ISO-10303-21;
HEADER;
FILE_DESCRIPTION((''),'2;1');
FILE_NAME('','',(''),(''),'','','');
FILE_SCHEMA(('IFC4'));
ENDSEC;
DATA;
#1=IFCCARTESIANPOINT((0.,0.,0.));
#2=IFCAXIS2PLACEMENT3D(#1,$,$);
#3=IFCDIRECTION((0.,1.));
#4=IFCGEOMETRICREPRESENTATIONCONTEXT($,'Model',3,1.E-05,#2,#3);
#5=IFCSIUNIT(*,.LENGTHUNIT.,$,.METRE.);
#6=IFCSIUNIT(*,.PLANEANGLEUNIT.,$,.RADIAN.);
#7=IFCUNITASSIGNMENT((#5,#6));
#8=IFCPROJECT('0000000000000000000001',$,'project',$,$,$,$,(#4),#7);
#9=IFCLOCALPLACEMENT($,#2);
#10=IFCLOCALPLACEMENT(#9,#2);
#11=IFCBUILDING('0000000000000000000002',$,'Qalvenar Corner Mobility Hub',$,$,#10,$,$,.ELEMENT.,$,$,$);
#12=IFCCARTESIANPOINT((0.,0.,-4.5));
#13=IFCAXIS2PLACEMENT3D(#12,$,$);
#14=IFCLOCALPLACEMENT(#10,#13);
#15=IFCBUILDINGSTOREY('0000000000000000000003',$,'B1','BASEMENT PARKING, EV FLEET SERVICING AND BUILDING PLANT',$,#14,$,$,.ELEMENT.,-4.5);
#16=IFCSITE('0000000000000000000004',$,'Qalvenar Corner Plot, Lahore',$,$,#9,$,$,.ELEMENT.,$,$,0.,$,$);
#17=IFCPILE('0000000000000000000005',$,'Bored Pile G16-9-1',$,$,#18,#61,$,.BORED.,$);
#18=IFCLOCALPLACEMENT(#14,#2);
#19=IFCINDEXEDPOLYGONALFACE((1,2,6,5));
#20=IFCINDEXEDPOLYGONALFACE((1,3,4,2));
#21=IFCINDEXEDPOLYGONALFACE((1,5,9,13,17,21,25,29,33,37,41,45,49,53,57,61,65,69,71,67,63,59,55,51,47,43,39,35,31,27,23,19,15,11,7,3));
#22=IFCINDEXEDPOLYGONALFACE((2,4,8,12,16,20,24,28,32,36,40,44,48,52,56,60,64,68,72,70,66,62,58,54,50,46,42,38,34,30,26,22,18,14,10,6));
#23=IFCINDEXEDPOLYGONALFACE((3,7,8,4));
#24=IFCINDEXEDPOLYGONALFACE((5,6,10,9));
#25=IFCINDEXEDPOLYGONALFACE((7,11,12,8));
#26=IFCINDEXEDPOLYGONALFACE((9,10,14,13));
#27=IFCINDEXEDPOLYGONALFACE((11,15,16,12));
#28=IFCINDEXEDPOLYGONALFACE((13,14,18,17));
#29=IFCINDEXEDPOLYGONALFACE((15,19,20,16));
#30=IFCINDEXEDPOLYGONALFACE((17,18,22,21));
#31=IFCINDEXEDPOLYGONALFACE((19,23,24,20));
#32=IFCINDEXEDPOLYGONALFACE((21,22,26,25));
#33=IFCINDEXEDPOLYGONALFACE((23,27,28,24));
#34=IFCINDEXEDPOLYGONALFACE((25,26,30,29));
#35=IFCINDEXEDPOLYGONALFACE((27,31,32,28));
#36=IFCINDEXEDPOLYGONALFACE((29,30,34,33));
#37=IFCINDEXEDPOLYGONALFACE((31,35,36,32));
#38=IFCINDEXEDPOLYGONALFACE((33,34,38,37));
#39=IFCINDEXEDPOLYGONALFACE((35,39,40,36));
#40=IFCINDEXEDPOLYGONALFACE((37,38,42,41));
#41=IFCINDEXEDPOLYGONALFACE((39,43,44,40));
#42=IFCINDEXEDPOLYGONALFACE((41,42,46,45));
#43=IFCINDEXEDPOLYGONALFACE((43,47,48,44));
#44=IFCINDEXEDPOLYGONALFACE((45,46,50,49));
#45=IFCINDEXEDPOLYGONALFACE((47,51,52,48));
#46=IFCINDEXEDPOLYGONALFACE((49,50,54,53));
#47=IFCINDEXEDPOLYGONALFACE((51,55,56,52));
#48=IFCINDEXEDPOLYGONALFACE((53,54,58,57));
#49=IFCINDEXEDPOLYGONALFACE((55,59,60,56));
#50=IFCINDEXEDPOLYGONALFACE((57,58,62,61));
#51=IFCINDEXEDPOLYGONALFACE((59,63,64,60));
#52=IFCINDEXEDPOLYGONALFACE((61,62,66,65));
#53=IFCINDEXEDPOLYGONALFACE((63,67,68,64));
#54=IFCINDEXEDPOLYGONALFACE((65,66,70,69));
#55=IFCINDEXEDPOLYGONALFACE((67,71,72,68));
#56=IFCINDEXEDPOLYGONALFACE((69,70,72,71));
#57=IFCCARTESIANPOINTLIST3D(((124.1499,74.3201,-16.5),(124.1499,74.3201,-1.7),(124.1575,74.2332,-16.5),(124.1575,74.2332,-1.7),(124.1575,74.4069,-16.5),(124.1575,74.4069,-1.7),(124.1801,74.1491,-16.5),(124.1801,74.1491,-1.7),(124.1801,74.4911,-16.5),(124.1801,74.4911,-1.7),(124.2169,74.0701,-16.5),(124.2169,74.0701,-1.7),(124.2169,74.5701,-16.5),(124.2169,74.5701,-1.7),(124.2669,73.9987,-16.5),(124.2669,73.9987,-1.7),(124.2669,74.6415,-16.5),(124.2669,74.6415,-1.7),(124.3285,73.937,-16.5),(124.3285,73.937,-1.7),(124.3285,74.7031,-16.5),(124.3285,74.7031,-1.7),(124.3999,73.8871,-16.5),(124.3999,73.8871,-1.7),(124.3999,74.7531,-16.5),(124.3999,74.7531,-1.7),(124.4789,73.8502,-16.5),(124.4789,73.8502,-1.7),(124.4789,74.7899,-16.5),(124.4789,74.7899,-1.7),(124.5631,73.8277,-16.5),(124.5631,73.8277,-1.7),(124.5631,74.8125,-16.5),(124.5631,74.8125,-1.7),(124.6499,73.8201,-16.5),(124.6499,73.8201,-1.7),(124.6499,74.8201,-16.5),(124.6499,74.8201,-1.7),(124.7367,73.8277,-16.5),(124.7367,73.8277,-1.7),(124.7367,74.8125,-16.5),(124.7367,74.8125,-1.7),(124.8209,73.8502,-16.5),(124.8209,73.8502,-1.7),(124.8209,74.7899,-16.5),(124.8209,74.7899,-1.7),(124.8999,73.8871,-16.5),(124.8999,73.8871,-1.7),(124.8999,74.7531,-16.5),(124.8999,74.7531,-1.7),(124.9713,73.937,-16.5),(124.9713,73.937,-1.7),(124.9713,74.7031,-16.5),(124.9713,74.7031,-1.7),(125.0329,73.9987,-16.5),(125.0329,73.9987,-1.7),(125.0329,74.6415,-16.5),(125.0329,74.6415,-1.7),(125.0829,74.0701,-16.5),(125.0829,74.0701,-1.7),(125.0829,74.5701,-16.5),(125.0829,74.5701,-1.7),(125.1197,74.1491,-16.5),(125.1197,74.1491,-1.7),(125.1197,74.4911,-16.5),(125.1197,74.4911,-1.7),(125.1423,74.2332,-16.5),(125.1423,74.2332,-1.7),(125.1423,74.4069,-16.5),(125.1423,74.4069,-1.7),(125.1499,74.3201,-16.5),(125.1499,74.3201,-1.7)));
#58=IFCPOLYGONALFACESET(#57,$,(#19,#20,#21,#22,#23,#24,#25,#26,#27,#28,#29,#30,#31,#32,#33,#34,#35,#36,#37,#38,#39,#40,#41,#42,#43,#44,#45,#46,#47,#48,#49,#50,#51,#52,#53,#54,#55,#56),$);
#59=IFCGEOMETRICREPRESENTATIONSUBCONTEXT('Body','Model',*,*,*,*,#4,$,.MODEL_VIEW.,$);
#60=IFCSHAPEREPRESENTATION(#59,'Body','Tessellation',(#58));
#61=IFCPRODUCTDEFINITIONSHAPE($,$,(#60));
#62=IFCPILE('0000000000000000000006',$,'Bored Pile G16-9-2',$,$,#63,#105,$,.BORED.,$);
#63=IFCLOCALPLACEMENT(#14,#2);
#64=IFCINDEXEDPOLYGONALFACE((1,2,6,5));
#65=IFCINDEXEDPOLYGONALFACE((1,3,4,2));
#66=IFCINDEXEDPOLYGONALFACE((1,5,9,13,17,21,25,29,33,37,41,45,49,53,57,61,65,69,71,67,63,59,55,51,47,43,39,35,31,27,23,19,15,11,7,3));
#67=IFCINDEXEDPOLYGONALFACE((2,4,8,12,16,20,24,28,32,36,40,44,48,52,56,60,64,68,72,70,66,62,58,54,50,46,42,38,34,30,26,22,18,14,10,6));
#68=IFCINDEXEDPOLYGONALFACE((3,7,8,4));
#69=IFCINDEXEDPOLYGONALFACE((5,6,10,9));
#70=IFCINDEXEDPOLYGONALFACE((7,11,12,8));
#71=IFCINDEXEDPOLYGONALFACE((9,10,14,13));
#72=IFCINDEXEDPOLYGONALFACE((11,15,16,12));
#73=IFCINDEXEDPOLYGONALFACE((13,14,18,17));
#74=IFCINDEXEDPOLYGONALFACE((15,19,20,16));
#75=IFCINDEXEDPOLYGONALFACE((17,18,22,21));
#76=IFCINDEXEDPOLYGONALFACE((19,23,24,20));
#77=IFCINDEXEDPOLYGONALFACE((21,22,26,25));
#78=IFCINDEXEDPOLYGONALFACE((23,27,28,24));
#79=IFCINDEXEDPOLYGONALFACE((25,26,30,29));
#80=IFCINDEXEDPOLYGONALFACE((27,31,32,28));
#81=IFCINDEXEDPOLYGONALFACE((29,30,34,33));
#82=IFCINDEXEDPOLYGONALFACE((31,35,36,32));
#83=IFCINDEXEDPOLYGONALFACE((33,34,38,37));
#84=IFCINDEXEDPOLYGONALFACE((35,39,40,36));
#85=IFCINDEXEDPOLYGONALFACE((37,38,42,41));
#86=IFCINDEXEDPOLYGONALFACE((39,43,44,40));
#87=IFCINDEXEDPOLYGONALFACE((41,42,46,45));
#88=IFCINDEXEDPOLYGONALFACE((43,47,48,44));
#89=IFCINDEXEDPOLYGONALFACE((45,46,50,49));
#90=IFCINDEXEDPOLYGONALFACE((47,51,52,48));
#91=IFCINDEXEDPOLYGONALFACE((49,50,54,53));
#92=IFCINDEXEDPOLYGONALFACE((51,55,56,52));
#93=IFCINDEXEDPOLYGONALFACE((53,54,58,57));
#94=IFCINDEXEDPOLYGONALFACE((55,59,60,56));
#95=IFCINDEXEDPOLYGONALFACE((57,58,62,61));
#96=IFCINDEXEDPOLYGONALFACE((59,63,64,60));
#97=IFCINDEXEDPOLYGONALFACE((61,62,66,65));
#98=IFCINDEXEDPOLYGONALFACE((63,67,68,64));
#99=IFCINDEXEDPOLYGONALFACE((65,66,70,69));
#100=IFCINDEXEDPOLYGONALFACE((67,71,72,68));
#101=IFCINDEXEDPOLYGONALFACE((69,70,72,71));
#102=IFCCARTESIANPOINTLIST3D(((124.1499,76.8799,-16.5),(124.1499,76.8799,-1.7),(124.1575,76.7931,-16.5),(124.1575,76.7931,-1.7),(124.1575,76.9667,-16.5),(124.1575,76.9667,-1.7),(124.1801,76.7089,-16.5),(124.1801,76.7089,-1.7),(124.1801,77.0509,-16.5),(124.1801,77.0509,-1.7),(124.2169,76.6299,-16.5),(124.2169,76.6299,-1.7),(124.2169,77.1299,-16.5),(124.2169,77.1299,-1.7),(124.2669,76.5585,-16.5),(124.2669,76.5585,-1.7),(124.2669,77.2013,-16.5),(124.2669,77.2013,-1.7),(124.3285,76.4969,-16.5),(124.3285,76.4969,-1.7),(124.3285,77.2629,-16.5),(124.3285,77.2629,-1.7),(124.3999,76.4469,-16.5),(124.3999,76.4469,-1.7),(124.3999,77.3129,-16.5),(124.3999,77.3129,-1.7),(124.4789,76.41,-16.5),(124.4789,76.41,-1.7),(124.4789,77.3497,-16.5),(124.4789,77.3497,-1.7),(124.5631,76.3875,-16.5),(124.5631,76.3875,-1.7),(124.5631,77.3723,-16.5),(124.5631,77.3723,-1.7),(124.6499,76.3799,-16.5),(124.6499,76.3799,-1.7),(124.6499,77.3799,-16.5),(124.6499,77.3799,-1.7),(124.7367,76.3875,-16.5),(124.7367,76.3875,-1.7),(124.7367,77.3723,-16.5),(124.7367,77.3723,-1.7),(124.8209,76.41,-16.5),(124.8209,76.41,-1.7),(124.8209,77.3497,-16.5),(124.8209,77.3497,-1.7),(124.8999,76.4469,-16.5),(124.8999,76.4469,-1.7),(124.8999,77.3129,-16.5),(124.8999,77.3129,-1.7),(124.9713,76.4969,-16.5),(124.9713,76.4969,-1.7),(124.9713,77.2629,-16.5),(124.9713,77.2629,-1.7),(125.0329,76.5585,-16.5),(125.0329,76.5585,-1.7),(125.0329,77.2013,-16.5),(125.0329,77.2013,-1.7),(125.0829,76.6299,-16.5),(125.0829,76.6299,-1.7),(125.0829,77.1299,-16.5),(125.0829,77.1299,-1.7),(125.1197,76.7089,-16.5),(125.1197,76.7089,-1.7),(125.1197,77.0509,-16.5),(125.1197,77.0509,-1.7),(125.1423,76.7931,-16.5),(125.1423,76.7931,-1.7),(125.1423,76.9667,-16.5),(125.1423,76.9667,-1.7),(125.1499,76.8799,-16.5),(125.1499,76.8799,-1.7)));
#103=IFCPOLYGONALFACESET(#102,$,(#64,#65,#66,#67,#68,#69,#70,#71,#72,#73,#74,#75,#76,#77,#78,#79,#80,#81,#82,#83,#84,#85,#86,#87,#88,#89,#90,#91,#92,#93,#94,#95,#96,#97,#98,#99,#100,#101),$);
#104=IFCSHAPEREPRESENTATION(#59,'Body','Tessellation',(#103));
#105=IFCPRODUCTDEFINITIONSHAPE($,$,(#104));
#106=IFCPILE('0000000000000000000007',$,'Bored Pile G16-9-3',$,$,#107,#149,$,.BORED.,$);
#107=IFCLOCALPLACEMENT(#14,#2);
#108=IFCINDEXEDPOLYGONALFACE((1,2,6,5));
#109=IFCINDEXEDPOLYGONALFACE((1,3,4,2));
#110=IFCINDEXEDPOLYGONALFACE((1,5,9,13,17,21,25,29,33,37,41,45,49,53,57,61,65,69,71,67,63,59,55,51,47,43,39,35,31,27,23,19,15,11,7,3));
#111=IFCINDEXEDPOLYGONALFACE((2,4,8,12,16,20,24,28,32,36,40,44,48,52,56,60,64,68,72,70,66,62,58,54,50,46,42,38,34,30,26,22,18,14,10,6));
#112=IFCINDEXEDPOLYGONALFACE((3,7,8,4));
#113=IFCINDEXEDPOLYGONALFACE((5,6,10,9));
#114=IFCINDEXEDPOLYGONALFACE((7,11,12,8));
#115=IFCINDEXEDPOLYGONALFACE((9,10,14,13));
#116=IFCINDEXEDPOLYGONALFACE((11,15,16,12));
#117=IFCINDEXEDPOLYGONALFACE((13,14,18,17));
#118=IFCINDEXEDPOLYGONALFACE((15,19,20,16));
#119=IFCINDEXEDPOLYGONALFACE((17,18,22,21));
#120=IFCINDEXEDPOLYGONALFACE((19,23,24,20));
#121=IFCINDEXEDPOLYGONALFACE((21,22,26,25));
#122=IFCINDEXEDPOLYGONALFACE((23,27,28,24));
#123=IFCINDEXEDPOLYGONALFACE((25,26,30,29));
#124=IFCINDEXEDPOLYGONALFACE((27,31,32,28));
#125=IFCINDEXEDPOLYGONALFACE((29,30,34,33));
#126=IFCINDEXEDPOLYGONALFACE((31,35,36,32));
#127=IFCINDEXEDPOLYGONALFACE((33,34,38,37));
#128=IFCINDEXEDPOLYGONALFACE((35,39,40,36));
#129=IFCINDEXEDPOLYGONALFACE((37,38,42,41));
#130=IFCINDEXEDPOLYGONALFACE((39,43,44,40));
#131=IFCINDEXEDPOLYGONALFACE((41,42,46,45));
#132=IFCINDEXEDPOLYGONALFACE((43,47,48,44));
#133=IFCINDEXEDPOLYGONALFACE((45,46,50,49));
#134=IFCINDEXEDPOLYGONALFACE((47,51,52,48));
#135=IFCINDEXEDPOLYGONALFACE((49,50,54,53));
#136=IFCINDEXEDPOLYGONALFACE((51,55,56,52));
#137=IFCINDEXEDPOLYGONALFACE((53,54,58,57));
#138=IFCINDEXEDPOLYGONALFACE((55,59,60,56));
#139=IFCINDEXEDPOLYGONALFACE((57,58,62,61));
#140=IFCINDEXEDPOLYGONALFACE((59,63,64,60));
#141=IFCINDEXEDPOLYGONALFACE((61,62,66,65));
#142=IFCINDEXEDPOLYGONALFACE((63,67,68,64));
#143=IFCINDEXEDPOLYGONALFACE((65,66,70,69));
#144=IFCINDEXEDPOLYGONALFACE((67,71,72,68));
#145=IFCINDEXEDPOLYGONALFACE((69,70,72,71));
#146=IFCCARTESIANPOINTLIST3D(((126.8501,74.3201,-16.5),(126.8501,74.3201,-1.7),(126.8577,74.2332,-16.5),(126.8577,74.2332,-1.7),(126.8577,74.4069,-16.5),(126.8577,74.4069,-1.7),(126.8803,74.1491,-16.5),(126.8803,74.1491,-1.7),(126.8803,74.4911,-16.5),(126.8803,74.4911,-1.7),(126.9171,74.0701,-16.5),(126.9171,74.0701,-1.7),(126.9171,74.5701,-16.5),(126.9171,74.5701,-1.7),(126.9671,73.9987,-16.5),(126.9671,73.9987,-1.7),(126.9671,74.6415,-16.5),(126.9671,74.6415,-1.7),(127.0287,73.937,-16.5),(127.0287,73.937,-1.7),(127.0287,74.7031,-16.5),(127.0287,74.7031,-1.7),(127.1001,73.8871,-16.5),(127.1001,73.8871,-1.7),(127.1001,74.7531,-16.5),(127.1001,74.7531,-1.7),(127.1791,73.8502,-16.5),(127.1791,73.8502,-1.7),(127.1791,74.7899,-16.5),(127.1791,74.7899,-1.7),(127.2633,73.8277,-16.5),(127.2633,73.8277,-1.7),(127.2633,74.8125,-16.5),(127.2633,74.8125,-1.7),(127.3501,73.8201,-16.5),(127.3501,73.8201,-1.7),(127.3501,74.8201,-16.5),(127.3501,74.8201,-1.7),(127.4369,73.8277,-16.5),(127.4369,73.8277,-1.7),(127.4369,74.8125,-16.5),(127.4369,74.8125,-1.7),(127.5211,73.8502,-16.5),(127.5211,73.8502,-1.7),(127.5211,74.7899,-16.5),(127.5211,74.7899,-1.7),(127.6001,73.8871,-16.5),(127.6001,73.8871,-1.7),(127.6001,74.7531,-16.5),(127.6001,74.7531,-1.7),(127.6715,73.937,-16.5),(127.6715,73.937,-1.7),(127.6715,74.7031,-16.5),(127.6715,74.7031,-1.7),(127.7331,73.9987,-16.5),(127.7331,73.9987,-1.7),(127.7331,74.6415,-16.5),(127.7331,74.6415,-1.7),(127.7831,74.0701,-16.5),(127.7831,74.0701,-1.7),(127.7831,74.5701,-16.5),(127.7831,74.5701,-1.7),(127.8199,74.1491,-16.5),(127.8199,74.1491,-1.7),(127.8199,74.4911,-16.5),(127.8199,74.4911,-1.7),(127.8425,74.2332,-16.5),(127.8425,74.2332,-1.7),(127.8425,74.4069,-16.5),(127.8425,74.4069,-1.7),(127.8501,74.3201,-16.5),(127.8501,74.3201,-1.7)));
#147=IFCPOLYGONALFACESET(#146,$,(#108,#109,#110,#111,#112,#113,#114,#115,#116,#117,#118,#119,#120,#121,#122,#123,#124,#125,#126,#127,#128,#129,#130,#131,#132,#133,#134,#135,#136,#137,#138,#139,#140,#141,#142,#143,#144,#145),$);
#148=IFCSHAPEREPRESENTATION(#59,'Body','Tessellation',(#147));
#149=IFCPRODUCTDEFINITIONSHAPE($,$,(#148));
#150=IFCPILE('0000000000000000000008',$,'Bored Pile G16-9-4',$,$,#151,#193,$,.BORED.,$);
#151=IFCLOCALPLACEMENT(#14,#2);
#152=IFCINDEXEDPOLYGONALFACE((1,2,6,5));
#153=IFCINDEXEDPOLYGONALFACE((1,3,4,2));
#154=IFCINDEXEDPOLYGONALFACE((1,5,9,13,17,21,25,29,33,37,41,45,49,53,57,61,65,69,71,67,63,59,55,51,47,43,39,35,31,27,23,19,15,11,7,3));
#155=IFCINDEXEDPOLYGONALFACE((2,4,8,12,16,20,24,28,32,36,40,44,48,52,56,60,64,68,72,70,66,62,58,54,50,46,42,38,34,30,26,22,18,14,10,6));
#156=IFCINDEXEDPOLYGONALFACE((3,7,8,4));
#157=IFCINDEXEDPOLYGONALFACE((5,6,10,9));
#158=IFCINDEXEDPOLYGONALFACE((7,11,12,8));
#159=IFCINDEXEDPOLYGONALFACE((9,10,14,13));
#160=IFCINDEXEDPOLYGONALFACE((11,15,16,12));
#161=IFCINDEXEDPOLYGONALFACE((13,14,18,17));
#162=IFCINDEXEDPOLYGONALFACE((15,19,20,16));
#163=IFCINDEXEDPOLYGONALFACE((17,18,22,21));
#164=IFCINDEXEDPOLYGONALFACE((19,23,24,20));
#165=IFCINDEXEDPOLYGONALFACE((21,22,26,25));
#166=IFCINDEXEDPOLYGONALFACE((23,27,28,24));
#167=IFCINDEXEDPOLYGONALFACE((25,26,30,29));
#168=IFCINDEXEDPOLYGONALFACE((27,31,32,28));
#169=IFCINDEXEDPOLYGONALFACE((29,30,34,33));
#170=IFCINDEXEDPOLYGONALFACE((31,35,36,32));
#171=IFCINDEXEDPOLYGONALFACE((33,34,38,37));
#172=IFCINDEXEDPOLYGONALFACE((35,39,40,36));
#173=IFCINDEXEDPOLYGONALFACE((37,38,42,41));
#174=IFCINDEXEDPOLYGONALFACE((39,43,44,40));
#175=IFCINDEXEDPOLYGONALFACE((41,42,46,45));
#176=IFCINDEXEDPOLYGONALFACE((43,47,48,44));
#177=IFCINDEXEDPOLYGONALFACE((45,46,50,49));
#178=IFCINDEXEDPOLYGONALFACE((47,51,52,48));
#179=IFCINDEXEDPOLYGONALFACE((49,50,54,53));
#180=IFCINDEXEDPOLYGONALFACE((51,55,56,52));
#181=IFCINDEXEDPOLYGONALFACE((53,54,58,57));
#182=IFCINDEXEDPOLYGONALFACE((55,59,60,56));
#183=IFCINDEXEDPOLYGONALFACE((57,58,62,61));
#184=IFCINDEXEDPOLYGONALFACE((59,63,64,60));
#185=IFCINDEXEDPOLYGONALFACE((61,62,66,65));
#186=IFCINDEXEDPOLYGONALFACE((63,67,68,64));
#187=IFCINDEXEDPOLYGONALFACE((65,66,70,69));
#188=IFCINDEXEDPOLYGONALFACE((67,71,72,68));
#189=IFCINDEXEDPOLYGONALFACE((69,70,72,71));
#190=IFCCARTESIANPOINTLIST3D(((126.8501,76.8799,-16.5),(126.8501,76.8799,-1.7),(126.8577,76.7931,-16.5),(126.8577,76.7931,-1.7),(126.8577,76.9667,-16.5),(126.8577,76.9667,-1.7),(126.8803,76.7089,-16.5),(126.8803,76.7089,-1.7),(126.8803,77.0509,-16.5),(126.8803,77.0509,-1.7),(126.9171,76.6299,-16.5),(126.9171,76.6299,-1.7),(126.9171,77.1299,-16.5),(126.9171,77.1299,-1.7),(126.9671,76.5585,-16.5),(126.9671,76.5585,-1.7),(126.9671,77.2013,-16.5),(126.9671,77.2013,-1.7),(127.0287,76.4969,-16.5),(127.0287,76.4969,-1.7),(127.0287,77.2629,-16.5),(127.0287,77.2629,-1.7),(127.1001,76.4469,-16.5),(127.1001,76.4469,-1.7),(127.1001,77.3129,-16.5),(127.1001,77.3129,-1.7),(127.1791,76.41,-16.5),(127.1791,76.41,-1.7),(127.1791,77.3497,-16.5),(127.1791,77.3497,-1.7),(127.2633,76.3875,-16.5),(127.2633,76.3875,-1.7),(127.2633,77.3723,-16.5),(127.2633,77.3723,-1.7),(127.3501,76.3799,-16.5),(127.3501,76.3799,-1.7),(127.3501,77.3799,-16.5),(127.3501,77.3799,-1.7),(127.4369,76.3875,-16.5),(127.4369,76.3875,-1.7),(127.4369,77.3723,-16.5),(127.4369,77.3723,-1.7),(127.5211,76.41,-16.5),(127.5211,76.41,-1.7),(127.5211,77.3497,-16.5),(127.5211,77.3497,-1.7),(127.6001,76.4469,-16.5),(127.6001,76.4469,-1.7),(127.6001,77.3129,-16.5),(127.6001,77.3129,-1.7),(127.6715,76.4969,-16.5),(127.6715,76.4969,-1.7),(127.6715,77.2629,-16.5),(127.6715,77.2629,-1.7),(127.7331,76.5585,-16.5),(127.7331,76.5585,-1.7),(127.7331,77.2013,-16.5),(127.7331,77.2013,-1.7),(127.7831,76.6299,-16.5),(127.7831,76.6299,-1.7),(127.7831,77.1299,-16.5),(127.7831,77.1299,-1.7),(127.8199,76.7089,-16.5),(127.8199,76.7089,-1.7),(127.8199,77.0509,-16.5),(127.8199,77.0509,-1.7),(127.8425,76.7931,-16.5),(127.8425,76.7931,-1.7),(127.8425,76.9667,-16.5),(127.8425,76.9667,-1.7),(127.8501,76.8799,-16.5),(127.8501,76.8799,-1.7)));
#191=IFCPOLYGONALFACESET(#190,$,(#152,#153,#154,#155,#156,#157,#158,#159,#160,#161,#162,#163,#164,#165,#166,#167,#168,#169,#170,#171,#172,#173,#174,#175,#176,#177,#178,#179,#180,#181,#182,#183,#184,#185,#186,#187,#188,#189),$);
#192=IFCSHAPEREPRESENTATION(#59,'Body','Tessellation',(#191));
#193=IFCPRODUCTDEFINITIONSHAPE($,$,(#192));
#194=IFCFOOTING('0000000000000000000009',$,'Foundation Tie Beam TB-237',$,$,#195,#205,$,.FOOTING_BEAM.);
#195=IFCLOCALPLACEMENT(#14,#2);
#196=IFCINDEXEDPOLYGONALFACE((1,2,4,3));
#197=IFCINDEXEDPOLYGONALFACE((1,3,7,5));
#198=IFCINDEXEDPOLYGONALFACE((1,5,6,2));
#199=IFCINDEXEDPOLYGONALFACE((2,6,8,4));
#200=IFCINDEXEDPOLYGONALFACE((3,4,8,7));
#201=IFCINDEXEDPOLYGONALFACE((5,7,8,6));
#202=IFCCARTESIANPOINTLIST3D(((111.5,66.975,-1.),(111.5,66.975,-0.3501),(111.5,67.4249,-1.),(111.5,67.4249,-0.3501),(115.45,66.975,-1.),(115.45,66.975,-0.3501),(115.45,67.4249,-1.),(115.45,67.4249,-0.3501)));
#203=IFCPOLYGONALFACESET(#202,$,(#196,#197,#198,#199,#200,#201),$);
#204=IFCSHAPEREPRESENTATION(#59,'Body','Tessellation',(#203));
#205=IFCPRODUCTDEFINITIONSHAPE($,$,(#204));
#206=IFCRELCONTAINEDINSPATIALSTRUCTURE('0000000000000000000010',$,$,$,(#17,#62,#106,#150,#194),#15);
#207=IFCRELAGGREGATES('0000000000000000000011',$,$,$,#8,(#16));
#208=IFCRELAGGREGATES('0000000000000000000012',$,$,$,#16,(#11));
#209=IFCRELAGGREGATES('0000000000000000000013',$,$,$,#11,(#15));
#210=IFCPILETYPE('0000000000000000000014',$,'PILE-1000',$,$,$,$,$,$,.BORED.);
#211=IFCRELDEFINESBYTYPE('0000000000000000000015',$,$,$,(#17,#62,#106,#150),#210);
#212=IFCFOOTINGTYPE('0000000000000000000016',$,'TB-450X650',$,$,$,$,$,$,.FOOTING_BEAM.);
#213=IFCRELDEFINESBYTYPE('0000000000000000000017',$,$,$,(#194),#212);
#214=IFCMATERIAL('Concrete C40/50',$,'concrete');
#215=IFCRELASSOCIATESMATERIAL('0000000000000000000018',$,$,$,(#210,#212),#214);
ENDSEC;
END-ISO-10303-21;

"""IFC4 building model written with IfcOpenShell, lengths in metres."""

from ifc_helpers import new_model, si_unit, direction, frame, origin, origin_2d, place, context, subcontext, project, spatial, rectangle, circle, extrude, material, material_profile, profile_set, type_object, element, save


model = new_model("IFC4")

# Units and contexts
model_context = context("Model", 3, precision=1e-05, world=origin(), true_north=direction((0.0, 1.0)))
body_context = subcontext(model_context, "Body", "Model", "MODEL_VIEW")
ifc_project = project(units=[si_unit("LENGTHUNIT", "METRE"), si_unit("PLANEANGLEUNIT", "RADIAN")], contexts=[model_context])

# Site, building, storey
site_placement = place(None, origin())
site = spatial("IfcSite", under=ifc_project, at=site_placement, Name="Qalvenar Corner Plot, Lahore", CompositionType="ELEMENT", RefElevation=0.0)
building_placement = place(site_placement, origin())
building = spatial("IfcBuilding", under=site, at=building_placement, Name="Qalvenar Corner Mobility Hub", CompositionType="ELEMENT")
storey_placement = place(building_placement, frame((0.0, 0.0, -4.5)))
storey = spatial("IfcBuildingStorey", under=building, at=storey_placement, Name="B1", Description="BASEMENT PARKING, EV FLEET SERVICING AND BUILDING PLANT", CompositionType="ELEMENT", Elevation=-4.5)

# Shared definitions
ifc_material_1 = material(Name="Concrete C40/50", Category="concrete")

# Piles
ifc_material_profile_1 = material_profile(ifc_material_1, circle(Radius=0.5, at=origin_2d()), Name="DIA1000")
ifc_profile_set_1 = profile_set([ifc_material_profile_1], Name="Concrete C40/50")
pile_type = type_object("IfcPileType", Name="PILE-1000", PredefinedType="BORED", material=ifc_profile_set_1)
for number, where, z_axis, x_axis, name in (
    (1, (124.6499, 74.3201, -1.7), (0.0, 0.0, -1.0), (1.0, 0.0, 0.0), "Bored Pile G16-9-1"),
    (2, (124.6499, 76.8799, -1.7), (0.0, 0.0, -1.0), (1.0, 0.0, 0.0), "Bored Pile G16-9-2"),
    (3, (127.3501, 74.3201, -1.7), (0.0, 0.0, -1.0), (1.0, 0.0, 0.0), "Bored Pile G16-9-3"),
    (4, (127.3501, 76.8799, -1.7), (0.0, 0.0, -1.0), (1.0, 0.0, 0.0), "Bored Pile G16-9-4"),
):
    element("IfcPile", number, at=place(storey_placement, frame(where, z_axis=z_axis, x_axis=x_axis)), inside=storey, type_object=pile_type, Name=name, PredefinedType="BORED", context=body_context, shape_type="SweptSolid", body=[
        extrude(circle(Radius=0.5, at=origin_2d()), origin(), (0.0, 0.0, 1.0), 14.8),
    ])

# Footing
ifc_material_profile_2 = material_profile(ifc_material_1, rectangle(XDim=0.45, YDim=0.6499, at=origin_2d()), Name="RC450x650")
ifc_profile_set_2 = profile_set([ifc_material_profile_2], Name="Concrete C40/50")
footing_type_1 = type_object("IfcFootingType", Name="TB-450X650", PredefinedType="FOOTING_BEAM", material=ifc_profile_set_2)
for number, where, z_axis, x_axis, name in (
    (5, (111.5, 67.2, -0.675), (1.0, 0.0, 0.0), (0.0, 1.0, 0.0), "Foundation Tie Beam TB-237"),
):
    element("IfcFooting", number, at=place(storey_placement, frame(where, z_axis=z_axis, x_axis=x_axis)), inside=storey, type_object=footing_type_1, Name=name, PredefinedType="FOOTING_BEAM", context=body_context, shape_type="SweptSolid", body=[
        extrude(rectangle(XDim=0.45, YDim=0.6499, at=origin_2d()), origin(), (0.0, 0.0, 1.0), 3.95),
    ])

save(model, "model.ifc")
